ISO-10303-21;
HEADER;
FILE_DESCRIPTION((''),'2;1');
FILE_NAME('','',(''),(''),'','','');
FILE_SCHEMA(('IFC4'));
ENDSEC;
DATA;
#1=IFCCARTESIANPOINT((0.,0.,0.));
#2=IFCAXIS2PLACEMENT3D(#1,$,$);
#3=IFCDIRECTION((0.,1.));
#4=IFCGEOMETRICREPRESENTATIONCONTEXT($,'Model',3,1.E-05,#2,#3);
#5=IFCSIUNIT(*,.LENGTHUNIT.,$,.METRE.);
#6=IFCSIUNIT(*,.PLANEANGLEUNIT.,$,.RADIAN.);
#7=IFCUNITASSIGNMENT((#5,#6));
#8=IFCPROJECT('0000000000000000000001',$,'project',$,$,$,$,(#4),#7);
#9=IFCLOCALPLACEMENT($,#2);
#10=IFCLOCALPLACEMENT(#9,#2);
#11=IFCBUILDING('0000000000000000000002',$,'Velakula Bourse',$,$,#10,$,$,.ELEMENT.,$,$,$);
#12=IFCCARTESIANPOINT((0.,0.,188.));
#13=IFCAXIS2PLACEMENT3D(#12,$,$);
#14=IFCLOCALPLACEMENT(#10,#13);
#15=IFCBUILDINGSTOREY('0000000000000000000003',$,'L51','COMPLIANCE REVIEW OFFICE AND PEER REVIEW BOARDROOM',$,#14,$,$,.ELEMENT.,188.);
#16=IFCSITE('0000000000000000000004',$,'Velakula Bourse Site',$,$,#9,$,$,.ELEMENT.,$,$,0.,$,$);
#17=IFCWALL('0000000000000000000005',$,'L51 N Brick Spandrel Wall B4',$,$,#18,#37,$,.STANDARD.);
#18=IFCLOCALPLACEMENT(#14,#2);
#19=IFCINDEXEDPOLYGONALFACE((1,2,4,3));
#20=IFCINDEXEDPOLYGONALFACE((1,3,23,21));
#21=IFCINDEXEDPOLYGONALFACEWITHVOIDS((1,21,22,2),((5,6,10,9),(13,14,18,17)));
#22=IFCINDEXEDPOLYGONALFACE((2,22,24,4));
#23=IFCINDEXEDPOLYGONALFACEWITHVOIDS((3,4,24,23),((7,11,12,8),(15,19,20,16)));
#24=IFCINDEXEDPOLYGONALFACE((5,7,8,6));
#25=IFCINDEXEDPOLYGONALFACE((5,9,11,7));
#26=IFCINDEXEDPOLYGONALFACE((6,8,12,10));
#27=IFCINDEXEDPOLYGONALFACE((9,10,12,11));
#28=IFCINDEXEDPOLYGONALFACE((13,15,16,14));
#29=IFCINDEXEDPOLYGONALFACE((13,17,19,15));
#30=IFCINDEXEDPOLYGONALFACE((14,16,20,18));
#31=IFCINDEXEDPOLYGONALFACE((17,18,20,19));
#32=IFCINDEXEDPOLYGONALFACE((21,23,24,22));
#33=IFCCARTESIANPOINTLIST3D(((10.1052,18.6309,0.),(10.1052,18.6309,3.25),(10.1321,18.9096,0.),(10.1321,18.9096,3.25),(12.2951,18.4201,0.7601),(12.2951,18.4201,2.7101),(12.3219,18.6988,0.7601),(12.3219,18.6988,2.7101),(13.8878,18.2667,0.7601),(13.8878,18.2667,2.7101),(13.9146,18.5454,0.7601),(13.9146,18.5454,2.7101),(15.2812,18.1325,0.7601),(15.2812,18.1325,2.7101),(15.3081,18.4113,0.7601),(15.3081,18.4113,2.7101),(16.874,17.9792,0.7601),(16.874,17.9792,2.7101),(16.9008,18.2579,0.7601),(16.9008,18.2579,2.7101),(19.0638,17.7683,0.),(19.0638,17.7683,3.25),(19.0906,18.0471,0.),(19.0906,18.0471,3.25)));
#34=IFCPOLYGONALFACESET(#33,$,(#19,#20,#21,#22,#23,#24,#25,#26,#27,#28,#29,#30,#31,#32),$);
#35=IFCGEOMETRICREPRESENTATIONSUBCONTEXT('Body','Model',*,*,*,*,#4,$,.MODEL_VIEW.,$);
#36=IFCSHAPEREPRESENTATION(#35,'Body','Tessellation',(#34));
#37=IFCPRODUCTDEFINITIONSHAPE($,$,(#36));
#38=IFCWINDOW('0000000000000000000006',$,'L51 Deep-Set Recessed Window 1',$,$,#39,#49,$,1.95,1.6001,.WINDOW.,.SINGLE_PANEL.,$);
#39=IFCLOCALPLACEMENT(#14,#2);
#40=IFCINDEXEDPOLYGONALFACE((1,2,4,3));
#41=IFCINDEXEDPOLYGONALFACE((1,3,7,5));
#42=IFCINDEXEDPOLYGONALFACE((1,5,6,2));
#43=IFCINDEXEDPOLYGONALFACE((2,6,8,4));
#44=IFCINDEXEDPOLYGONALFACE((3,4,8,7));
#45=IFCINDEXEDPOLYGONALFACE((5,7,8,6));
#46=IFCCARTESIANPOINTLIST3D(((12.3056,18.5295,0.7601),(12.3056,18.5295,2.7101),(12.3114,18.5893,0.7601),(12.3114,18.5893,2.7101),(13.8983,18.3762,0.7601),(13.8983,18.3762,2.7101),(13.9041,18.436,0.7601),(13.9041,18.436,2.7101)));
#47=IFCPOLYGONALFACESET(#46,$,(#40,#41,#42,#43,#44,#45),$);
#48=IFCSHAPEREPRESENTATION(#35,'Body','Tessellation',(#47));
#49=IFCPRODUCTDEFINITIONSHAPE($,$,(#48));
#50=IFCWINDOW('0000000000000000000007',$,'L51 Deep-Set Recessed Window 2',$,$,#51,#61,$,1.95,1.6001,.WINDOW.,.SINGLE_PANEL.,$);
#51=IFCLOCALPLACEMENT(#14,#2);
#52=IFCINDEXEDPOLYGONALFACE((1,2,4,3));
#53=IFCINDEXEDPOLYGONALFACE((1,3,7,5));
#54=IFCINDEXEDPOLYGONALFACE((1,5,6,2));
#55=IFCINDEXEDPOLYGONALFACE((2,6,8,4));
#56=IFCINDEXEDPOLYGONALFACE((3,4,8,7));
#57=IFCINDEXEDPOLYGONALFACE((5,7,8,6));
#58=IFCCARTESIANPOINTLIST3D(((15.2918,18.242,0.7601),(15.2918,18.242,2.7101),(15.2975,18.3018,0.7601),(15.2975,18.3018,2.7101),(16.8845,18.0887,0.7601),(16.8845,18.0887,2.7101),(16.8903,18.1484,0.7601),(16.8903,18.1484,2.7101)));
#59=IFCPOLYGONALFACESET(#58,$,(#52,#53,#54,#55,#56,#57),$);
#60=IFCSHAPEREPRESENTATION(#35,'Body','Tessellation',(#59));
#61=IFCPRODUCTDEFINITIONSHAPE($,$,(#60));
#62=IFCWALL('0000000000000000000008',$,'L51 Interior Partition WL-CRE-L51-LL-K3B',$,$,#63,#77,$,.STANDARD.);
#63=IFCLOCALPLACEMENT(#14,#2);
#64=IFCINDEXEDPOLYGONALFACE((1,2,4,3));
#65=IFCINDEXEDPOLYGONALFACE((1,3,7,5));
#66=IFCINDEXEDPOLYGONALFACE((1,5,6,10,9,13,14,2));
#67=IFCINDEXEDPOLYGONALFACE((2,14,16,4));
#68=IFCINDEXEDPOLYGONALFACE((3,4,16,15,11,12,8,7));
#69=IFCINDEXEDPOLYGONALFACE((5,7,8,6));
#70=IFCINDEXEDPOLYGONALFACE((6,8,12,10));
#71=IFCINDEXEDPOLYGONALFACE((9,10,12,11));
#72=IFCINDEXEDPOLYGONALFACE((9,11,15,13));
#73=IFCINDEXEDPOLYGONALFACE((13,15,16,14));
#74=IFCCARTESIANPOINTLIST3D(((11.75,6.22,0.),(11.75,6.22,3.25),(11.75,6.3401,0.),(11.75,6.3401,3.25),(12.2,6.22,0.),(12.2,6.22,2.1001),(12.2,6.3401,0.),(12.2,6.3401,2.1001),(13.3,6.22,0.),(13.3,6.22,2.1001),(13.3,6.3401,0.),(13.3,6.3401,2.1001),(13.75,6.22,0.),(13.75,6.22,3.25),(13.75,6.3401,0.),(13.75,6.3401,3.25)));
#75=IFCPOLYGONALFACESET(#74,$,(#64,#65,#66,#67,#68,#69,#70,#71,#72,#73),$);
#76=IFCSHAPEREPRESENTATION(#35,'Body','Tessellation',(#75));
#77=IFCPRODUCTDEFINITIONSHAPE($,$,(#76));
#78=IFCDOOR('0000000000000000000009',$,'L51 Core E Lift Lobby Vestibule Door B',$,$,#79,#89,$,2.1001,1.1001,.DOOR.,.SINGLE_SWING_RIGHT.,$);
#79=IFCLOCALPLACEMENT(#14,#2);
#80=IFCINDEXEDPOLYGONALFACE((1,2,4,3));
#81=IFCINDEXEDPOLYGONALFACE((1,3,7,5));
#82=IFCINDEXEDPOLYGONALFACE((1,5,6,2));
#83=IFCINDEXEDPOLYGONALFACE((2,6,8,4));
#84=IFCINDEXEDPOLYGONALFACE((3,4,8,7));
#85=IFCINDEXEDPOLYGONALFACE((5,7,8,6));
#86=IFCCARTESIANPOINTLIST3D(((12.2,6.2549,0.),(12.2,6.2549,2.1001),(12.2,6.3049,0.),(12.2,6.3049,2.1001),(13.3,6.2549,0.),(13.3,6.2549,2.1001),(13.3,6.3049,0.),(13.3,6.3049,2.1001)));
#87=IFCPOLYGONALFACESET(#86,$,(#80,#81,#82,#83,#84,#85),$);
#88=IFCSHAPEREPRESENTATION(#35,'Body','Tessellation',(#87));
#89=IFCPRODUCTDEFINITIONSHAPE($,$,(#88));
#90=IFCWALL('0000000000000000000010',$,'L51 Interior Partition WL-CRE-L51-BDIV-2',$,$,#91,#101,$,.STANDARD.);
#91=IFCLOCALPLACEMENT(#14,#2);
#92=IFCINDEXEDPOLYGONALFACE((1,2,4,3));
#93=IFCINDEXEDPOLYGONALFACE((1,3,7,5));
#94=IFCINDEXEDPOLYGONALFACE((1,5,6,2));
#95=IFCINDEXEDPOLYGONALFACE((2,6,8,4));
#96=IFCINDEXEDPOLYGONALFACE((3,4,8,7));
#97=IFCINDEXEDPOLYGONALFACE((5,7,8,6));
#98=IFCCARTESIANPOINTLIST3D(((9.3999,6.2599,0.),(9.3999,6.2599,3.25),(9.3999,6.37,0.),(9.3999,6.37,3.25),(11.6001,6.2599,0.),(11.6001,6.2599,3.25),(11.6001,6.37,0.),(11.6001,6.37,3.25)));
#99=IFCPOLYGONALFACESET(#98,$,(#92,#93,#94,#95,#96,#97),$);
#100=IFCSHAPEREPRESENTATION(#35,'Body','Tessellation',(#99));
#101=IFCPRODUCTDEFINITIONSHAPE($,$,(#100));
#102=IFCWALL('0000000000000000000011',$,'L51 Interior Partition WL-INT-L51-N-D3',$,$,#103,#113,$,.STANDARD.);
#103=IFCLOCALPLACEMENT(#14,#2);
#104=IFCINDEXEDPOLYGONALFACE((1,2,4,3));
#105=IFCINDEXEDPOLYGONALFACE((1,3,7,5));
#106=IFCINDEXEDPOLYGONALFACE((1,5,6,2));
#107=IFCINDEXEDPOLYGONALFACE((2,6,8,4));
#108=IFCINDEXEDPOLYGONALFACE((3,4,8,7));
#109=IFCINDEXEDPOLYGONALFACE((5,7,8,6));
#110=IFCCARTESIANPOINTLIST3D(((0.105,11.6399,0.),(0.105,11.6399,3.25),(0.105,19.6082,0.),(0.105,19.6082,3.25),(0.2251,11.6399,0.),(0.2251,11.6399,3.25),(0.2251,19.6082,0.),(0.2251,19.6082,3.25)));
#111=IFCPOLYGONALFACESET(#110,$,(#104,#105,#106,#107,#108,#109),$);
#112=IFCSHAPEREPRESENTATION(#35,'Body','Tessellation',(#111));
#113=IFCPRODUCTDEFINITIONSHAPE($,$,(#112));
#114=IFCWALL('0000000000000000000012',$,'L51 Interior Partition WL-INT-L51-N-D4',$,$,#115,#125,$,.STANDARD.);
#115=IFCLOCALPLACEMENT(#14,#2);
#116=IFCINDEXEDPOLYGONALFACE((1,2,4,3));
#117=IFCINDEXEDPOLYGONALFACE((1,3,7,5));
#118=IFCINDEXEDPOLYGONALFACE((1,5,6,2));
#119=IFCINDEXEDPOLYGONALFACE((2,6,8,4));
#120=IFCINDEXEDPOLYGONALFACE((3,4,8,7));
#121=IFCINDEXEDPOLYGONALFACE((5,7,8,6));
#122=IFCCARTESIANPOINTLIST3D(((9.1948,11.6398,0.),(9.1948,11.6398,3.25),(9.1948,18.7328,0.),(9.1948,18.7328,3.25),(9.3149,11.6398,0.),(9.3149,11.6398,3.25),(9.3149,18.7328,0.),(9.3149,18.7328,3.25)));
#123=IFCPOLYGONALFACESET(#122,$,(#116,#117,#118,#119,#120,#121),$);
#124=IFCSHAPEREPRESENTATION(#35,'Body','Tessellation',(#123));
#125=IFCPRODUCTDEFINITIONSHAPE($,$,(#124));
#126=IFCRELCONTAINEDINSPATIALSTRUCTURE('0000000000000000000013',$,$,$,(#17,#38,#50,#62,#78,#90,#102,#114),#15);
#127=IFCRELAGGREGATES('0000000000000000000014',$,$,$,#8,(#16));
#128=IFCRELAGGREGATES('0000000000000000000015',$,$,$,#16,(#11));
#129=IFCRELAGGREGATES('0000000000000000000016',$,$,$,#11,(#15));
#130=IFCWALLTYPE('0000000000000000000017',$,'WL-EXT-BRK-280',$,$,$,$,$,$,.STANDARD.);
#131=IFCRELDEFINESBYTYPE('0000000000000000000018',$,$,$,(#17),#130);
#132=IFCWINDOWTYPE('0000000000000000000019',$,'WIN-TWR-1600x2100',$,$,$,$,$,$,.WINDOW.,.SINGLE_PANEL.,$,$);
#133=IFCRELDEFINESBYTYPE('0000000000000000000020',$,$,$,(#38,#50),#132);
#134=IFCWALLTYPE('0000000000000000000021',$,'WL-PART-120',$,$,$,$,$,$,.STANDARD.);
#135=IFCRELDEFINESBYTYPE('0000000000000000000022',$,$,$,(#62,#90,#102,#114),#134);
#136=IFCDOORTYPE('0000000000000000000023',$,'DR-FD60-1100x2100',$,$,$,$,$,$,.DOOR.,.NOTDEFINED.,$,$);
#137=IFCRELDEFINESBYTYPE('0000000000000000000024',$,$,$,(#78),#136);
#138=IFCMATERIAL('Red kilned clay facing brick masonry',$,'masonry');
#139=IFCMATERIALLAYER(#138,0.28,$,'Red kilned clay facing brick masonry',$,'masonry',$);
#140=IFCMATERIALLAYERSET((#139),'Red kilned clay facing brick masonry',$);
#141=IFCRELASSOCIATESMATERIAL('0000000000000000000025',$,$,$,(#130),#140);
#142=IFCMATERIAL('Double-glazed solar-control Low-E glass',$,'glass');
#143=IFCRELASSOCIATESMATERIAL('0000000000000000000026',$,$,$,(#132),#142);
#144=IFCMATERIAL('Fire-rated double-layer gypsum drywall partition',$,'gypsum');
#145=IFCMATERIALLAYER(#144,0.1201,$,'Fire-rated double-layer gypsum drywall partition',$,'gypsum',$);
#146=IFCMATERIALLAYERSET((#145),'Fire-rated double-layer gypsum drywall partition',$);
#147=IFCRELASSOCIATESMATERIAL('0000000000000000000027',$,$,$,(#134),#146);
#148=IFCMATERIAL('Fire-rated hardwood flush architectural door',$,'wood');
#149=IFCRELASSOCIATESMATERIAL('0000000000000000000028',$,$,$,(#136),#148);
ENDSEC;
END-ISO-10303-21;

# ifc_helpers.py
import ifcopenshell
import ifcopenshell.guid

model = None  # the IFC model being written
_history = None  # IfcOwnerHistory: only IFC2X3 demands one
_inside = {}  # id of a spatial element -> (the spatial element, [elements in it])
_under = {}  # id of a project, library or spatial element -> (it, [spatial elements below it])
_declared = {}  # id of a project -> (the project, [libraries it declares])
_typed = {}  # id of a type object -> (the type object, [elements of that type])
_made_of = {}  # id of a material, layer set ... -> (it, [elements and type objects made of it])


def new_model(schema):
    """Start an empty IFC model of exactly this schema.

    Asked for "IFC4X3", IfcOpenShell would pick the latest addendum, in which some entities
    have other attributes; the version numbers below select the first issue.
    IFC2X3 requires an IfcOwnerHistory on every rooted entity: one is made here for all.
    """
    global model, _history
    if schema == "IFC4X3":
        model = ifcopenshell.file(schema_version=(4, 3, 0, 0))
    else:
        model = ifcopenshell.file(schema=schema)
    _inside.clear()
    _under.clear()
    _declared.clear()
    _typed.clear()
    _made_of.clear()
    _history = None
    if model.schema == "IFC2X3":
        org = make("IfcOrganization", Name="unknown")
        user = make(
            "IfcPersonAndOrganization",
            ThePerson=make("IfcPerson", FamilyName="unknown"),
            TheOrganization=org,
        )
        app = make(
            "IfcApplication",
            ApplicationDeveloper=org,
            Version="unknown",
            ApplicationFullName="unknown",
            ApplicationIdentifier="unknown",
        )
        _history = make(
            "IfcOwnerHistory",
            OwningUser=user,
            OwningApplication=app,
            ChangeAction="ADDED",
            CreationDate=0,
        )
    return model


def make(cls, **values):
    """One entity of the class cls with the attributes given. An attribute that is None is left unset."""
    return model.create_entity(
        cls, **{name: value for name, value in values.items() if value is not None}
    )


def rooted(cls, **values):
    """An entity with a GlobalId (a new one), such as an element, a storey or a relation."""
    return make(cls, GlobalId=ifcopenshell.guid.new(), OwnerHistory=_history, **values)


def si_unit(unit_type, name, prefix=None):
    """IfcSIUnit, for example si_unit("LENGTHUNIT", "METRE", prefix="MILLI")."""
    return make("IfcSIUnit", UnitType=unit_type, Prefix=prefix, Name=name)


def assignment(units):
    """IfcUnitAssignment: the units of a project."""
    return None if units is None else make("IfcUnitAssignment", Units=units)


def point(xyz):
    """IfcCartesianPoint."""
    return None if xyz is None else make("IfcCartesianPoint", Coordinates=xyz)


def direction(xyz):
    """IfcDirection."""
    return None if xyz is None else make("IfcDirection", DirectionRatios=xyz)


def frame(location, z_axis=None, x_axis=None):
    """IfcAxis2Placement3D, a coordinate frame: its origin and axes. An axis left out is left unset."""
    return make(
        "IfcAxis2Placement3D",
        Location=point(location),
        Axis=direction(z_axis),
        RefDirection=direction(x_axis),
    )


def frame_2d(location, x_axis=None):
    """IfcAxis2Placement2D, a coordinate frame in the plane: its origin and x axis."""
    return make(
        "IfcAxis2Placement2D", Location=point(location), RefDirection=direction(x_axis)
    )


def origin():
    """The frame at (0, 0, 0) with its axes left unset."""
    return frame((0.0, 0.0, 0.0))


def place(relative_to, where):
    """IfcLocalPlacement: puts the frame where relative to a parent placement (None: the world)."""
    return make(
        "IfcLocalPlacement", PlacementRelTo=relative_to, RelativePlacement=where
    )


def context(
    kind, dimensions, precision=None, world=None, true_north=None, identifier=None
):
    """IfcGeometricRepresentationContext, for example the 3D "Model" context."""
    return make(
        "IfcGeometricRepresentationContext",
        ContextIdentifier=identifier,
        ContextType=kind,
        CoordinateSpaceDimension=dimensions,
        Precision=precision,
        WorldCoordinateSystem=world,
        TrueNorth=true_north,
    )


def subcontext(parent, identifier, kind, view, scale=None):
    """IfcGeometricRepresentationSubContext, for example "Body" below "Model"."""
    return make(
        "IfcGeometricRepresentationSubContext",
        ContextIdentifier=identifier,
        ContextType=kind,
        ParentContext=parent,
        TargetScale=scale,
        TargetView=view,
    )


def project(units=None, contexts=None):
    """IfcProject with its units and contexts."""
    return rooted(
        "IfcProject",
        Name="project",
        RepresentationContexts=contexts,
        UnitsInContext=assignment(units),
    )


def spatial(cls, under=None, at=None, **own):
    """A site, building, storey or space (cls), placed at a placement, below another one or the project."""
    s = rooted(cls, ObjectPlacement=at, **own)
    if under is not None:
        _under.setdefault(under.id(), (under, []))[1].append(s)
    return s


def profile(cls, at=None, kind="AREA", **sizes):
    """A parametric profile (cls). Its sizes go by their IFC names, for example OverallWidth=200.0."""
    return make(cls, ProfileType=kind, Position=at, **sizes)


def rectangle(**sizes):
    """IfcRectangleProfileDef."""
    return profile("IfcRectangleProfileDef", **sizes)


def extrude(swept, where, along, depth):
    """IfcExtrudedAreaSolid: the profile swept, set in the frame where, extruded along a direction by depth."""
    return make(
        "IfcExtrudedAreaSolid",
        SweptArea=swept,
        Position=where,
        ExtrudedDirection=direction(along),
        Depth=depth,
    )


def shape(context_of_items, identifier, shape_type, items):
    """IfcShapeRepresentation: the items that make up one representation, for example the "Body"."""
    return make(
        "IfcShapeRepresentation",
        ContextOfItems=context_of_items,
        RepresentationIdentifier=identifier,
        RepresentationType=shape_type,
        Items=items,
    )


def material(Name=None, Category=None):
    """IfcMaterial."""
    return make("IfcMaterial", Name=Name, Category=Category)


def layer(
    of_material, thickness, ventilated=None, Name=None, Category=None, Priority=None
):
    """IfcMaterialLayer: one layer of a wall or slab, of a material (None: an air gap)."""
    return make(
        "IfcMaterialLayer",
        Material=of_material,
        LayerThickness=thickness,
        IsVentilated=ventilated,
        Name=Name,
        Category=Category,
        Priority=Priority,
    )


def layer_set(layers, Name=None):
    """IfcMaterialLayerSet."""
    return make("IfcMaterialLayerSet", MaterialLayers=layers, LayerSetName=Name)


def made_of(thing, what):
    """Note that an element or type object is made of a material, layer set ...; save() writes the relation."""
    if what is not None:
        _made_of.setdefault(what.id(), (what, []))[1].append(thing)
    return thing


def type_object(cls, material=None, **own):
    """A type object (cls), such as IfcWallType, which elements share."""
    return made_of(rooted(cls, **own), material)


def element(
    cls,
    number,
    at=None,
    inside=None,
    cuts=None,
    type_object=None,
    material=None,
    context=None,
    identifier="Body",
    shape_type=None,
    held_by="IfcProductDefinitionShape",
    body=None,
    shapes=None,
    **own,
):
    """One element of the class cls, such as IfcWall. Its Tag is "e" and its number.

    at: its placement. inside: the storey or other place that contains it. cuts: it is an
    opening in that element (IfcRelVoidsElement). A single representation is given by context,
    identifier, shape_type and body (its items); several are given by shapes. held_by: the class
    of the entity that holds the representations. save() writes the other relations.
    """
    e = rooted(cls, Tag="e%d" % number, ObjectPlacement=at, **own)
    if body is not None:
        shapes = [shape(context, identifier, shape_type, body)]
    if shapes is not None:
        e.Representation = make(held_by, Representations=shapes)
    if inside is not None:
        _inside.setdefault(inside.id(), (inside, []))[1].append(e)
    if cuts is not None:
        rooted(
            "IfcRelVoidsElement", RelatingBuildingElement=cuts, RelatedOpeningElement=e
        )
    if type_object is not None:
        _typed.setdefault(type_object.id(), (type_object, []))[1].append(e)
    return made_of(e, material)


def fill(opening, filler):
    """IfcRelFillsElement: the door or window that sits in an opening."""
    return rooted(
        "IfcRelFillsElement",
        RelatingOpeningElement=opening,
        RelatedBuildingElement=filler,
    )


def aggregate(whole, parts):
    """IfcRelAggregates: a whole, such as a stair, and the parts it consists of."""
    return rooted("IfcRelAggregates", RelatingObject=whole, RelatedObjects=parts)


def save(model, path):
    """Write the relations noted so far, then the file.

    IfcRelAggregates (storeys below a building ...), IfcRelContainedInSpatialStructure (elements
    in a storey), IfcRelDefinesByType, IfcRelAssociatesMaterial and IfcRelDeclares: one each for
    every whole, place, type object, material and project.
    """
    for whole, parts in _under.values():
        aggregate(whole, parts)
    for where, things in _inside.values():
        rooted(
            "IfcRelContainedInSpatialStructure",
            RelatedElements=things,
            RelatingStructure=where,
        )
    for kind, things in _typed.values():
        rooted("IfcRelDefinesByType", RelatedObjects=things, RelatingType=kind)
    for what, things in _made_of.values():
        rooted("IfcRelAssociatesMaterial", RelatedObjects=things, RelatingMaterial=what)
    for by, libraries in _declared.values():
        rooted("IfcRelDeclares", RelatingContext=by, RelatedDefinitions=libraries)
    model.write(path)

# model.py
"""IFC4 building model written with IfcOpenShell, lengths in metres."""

from ifc_helpers import new_model, si_unit, direction, frame, frame_2d, origin, place, context, subcontext, project, spatial, rectangle, extrude, material, layer, layer_set, type_object, element, fill, save


model = new_model("IFC4")

# Units and contexts
model_context = context("Model", 3, precision=1e-05, world=origin(), true_north=direction((0.0, 1.0)))
body_context = subcontext(model_context, "Body", "Model", "MODEL_VIEW")
ifc_project = project(units=[si_unit("LENGTHUNIT", "METRE"), si_unit("PLANEANGLEUNIT", "RADIAN")], contexts=[model_context])

# Site, building, storey
site_placement = place(None, origin())
site = spatial("IfcSite", under=ifc_project, at=site_placement, Name="Velakula Bourse Site", CompositionType="ELEMENT", RefElevation=0.0)
building_placement = place(site_placement, origin())
building = spatial("IfcBuilding", under=site, at=building_placement, Name="Velakula Bourse", CompositionType="ELEMENT")
storey_placement = place(building_placement, frame((0.0, 0.0, 188.0)))
storey = spatial("IfcBuildingStorey", under=building, at=storey_placement, Name="L51", Description="COMPLIANCE REVIEW OFFICE AND PEER REVIEW BOARDROOM", CompositionType="ELEMENT", Elevation=188.0)

# Shared definitions
ifc_material_1 = material(Name="Fire-rated hardwood flush architectural door", Category="wood")

# Wall, openings, windows
ifc_material_2 = material(Name="Red kilned clay facing brick masonry", Category="masonry")
ifc_layer_1 = layer(ifc_material_2, 0.28, Name="Red kilned clay facing brick masonry", Category="masonry")
ifc_layer_set_1 = layer_set([ifc_layer_1], Name="Red kilned clay facing brick masonry")
wall_type_1 = type_object("IfcWallType", Name="WL-EXT-BRK-280", PredefinedType="STANDARD", material=ifc_layer_set_1)
ifc_material_3 = material(Name="Double-glazed solar-control Low-E glass", Category="glass")
window_type = type_object("IfcWindowType", Name="WIN-TWR-1600x2100", PartitioningType="SINGLE_PANEL", PredefinedType="WINDOW", material=ifc_material_3)
wall_1_placement = place(storey_placement, frame((10.1187, 18.7703, 0.0), z_axis=(0.0, 0.0, 1.0), x_axis=(0.995397, -0.09584, 0.0)))
wall_1 = element("IfcWall", 1, at=wall_1_placement, inside=storey, type_object=wall_type_1, Name="L51 N Brick Spandrel Wall B4", PredefinedType="STANDARD", context=body_context, shape_type="SweptSolid", body=[
    extrude(rectangle(XDim=9.0, YDim=0.28, at=frame_2d((4.5, 0.0))), origin(), (0.0, 0.0, 1.0), 3.25),
])
opening_1_placement = place(wall_1_placement, frame((2.2, 0.0, 0.76)))
opening_1 = element("IfcOpeningElement", 2, at=opening_1_placement, cuts=wall_1, PredefinedType="OPENING", context=body_context, shape_type="SweptSolid", body=[
    extrude(rectangle(XDim=1.6001, YDim=1.95, at=frame_2d((0.8, 0.9751))), frame((0.0, 0.1499, 0.0), z_axis=(0.0, -1.0, 0.0), x_axis=(1.0, 0.0, 0.0)), (0.0, 0.0, 1.0), 0.3),
])
opening_2_placement = place(wall_1_placement, frame((5.2, 0.0, 0.76)))
opening_2 = element("IfcOpeningElement", 3, at=opening_2_placement, cuts=wall_1, PredefinedType="OPENING", context=body_context, shape_type="SweptSolid", body=[
    extrude(rectangle(XDim=1.6001, YDim=1.95, at=frame_2d((0.8, 0.9751))), frame((0.0, 0.1499, 0.0), z_axis=(0.0, -1.0, 0.0), x_axis=(1.0, 0.0, 0.0)), (0.0, 0.0, 1.0), 0.3),
])
window_1_placement = place(opening_1_placement, origin())
window_1 = element("IfcWindow", 4, at=window_1_placement, inside=storey, type_object=window_type, Name="L51 Deep-Set Recessed Window 1", OverallHeight=1.95, OverallWidth=1.6001, PartitioningType="SINGLE_PANEL", PredefinedType="WINDOW", context=body_context, shape_type="SweptSolid", body=[
    extrude(rectangle(XDim=1.6001, YDim=1.95, at=frame_2d((0.8, 0.9751))), frame((0.0, 0.03, 0.0), z_axis=(0.0, -1.0, 0.0), x_axis=(1.0, 0.0, 0.0)), (0.0, 0.0, 1.0), 0.0601),
])
fill(opening_1, window_1)
window_2_placement = place(opening_2_placement, origin())
window_2 = element("IfcWindow", 5, at=window_2_placement, inside=storey, type_object=window_type, Name="L51 Deep-Set Recessed Window 2", OverallHeight=1.95, OverallWidth=1.6001, PartitioningType="SINGLE_PANEL", PredefinedType="WINDOW", context=body_context, shape_type="SweptSolid", body=[
    extrude(rectangle(XDim=1.6001, YDim=1.95, at=frame_2d((0.8, 0.9751))), frame((0.0, 0.03, 0.0), z_axis=(0.0, -1.0, 0.0), x_axis=(1.0, 0.0, 0.0)), (0.0, 0.0, 1.0), 0.0601),
])
fill(opening_2, window_2)

# Wall, opening, door
ifc_material_4 = material(Name="Fire-rated double-layer gypsum drywall partition", Category="gypsum")
ifc_layer_2 = layer(ifc_material_4, 0.1201, Name="Fire-rated double-layer gypsum drywall partition", Category="gypsum")
ifc_layer_set_2 = layer_set([ifc_layer_2], Name="Fire-rated double-layer gypsum drywall partition")
wall_type_2 = type_object("IfcWallType", Name="WL-PART-120", PredefinedType="STANDARD", material=ifc_layer_set_2)
wall_2_placement = place(storey_placement, frame((11.75, 6.28, 0.0), z_axis=(0.0, 0.0, 1.0), x_axis=(1.0, 0.0, 0.0)))
wall_2 = element("IfcWall", 6, at=wall_2_placement, inside=storey, type_object=wall_type_2, Name="L51 Interior Partition WL-CRE-L51-LL-K3B", PredefinedType="STANDARD", context=body_context, shape_type="SweptSolid", body=[
    extrude(rectangle(XDim=2.0, YDim=0.1201, at=frame_2d((1.0, 0.0))), origin(), (0.0, 0.0, 1.0), 3.25),
])
opening_3_placement = place(wall_2_placement, frame((0.45, 0.0, 0.0)))
opening_3 = element("IfcOpeningElement", 7, at=opening_3_placement, cuts=wall_2, PredefinedType="OPENING", context=body_context, shape_type="SweptSolid", body=[
    extrude(rectangle(XDim=1.1001, YDim=2.1001, at=frame_2d((0.55, 1.05))), frame((0.0, 0.0701, 0.0), z_axis=(0.0, -1.0, 0.0), x_axis=(1.0, 0.0, 0.0)), (0.0, 0.0, 1.0), 0.1401),
])
door_type_1 = type_object("IfcDoorType", Name="DR-FD60-1100x2100", OperationType="NOTDEFINED", PredefinedType="DOOR", material=ifc_material_1)
door_1_placement = place(opening_3_placement, origin())
door_1 = element("IfcDoor", 8, at=door_1_placement, inside=storey, type_object=door_type_1, Name="L51 Core E Lift Lobby Vestibule Door B", OperationType="SINGLE_SWING_RIGHT", OverallHeight=2.1001, OverallWidth=1.1001, PredefinedType="DOOR", context=body_context, shape_type="SweptSolid", body=[
    extrude(rectangle(XDim=1.1001, YDim=2.1001, at=frame_2d((0.55, 1.05))), frame((0.0, 0.0249, 0.0), z_axis=(0.0, -1.0, 0.0), x_axis=(1.0, 0.0, 0.0)), (0.0, 0.0, 1.0), 0.05),
])
fill(opening_3, door_1)

# Walls
wall_3_placement = place(storey_placement, frame((9.3999, 6.3149, 0.0), z_axis=(0.0, 0.0, 1.0), x_axis=(1.0, 0.0, 0.0)))
element("IfcWall", 9, at=wall_3_placement, inside=storey, type_object=wall_type_2, Name="L51 Interior Partition WL-CRE-L51-BDIV-2", PredefinedType="STANDARD", context=body_context, shape_type="SweptSolid", body=[
    extrude(rectangle(XDim=2.2002, YDim=0.1101, at=frame_2d((1.1001, 0.0))), origin(), (0.0, 0.0, 1.0), 3.25),
])
wall_4_placement = place(storey_placement, frame((0.165, 11.6399, 0.0), z_axis=(0.0, 0.0, 1.0), x_axis=(0.0, 1.0, 0.0)))
element("IfcWall", 10, at=wall_4_placement, inside=storey, type_object=wall_type_2, Name="L51 Interior Partition WL-INT-L51-N-D3", PredefinedType="STANDARD", context=body_context, shape_type="SweptSolid", body=[
    extrude(rectangle(XDim=7.9683, YDim=0.1201, at=frame_2d((3.9841, 0.0))), origin(), (0.0, 0.0, 1.0), 3.25),
])
wall_5_placement = place(storey_placement, frame((9.2549, 11.6399, 0.0), z_axis=(0.0, 0.0, 1.0), x_axis=(0.0, 1.0, 0.0)))
element("IfcWall", 11, at=wall_5_placement, inside=storey, type_object=wall_type_2, Name="L51 Interior Partition WL-INT-L51-N-D4", PredefinedType="STANDARD", context=body_context, shape_type="SweptSolid", body=[
    extrude(rectangle(XDim=7.093, YDim=0.1201, at=frame_2d((3.5464, 0.0))), origin(), (0.0, 0.0, 1.0), 3.25),
])

save(model, "model.ifc")
